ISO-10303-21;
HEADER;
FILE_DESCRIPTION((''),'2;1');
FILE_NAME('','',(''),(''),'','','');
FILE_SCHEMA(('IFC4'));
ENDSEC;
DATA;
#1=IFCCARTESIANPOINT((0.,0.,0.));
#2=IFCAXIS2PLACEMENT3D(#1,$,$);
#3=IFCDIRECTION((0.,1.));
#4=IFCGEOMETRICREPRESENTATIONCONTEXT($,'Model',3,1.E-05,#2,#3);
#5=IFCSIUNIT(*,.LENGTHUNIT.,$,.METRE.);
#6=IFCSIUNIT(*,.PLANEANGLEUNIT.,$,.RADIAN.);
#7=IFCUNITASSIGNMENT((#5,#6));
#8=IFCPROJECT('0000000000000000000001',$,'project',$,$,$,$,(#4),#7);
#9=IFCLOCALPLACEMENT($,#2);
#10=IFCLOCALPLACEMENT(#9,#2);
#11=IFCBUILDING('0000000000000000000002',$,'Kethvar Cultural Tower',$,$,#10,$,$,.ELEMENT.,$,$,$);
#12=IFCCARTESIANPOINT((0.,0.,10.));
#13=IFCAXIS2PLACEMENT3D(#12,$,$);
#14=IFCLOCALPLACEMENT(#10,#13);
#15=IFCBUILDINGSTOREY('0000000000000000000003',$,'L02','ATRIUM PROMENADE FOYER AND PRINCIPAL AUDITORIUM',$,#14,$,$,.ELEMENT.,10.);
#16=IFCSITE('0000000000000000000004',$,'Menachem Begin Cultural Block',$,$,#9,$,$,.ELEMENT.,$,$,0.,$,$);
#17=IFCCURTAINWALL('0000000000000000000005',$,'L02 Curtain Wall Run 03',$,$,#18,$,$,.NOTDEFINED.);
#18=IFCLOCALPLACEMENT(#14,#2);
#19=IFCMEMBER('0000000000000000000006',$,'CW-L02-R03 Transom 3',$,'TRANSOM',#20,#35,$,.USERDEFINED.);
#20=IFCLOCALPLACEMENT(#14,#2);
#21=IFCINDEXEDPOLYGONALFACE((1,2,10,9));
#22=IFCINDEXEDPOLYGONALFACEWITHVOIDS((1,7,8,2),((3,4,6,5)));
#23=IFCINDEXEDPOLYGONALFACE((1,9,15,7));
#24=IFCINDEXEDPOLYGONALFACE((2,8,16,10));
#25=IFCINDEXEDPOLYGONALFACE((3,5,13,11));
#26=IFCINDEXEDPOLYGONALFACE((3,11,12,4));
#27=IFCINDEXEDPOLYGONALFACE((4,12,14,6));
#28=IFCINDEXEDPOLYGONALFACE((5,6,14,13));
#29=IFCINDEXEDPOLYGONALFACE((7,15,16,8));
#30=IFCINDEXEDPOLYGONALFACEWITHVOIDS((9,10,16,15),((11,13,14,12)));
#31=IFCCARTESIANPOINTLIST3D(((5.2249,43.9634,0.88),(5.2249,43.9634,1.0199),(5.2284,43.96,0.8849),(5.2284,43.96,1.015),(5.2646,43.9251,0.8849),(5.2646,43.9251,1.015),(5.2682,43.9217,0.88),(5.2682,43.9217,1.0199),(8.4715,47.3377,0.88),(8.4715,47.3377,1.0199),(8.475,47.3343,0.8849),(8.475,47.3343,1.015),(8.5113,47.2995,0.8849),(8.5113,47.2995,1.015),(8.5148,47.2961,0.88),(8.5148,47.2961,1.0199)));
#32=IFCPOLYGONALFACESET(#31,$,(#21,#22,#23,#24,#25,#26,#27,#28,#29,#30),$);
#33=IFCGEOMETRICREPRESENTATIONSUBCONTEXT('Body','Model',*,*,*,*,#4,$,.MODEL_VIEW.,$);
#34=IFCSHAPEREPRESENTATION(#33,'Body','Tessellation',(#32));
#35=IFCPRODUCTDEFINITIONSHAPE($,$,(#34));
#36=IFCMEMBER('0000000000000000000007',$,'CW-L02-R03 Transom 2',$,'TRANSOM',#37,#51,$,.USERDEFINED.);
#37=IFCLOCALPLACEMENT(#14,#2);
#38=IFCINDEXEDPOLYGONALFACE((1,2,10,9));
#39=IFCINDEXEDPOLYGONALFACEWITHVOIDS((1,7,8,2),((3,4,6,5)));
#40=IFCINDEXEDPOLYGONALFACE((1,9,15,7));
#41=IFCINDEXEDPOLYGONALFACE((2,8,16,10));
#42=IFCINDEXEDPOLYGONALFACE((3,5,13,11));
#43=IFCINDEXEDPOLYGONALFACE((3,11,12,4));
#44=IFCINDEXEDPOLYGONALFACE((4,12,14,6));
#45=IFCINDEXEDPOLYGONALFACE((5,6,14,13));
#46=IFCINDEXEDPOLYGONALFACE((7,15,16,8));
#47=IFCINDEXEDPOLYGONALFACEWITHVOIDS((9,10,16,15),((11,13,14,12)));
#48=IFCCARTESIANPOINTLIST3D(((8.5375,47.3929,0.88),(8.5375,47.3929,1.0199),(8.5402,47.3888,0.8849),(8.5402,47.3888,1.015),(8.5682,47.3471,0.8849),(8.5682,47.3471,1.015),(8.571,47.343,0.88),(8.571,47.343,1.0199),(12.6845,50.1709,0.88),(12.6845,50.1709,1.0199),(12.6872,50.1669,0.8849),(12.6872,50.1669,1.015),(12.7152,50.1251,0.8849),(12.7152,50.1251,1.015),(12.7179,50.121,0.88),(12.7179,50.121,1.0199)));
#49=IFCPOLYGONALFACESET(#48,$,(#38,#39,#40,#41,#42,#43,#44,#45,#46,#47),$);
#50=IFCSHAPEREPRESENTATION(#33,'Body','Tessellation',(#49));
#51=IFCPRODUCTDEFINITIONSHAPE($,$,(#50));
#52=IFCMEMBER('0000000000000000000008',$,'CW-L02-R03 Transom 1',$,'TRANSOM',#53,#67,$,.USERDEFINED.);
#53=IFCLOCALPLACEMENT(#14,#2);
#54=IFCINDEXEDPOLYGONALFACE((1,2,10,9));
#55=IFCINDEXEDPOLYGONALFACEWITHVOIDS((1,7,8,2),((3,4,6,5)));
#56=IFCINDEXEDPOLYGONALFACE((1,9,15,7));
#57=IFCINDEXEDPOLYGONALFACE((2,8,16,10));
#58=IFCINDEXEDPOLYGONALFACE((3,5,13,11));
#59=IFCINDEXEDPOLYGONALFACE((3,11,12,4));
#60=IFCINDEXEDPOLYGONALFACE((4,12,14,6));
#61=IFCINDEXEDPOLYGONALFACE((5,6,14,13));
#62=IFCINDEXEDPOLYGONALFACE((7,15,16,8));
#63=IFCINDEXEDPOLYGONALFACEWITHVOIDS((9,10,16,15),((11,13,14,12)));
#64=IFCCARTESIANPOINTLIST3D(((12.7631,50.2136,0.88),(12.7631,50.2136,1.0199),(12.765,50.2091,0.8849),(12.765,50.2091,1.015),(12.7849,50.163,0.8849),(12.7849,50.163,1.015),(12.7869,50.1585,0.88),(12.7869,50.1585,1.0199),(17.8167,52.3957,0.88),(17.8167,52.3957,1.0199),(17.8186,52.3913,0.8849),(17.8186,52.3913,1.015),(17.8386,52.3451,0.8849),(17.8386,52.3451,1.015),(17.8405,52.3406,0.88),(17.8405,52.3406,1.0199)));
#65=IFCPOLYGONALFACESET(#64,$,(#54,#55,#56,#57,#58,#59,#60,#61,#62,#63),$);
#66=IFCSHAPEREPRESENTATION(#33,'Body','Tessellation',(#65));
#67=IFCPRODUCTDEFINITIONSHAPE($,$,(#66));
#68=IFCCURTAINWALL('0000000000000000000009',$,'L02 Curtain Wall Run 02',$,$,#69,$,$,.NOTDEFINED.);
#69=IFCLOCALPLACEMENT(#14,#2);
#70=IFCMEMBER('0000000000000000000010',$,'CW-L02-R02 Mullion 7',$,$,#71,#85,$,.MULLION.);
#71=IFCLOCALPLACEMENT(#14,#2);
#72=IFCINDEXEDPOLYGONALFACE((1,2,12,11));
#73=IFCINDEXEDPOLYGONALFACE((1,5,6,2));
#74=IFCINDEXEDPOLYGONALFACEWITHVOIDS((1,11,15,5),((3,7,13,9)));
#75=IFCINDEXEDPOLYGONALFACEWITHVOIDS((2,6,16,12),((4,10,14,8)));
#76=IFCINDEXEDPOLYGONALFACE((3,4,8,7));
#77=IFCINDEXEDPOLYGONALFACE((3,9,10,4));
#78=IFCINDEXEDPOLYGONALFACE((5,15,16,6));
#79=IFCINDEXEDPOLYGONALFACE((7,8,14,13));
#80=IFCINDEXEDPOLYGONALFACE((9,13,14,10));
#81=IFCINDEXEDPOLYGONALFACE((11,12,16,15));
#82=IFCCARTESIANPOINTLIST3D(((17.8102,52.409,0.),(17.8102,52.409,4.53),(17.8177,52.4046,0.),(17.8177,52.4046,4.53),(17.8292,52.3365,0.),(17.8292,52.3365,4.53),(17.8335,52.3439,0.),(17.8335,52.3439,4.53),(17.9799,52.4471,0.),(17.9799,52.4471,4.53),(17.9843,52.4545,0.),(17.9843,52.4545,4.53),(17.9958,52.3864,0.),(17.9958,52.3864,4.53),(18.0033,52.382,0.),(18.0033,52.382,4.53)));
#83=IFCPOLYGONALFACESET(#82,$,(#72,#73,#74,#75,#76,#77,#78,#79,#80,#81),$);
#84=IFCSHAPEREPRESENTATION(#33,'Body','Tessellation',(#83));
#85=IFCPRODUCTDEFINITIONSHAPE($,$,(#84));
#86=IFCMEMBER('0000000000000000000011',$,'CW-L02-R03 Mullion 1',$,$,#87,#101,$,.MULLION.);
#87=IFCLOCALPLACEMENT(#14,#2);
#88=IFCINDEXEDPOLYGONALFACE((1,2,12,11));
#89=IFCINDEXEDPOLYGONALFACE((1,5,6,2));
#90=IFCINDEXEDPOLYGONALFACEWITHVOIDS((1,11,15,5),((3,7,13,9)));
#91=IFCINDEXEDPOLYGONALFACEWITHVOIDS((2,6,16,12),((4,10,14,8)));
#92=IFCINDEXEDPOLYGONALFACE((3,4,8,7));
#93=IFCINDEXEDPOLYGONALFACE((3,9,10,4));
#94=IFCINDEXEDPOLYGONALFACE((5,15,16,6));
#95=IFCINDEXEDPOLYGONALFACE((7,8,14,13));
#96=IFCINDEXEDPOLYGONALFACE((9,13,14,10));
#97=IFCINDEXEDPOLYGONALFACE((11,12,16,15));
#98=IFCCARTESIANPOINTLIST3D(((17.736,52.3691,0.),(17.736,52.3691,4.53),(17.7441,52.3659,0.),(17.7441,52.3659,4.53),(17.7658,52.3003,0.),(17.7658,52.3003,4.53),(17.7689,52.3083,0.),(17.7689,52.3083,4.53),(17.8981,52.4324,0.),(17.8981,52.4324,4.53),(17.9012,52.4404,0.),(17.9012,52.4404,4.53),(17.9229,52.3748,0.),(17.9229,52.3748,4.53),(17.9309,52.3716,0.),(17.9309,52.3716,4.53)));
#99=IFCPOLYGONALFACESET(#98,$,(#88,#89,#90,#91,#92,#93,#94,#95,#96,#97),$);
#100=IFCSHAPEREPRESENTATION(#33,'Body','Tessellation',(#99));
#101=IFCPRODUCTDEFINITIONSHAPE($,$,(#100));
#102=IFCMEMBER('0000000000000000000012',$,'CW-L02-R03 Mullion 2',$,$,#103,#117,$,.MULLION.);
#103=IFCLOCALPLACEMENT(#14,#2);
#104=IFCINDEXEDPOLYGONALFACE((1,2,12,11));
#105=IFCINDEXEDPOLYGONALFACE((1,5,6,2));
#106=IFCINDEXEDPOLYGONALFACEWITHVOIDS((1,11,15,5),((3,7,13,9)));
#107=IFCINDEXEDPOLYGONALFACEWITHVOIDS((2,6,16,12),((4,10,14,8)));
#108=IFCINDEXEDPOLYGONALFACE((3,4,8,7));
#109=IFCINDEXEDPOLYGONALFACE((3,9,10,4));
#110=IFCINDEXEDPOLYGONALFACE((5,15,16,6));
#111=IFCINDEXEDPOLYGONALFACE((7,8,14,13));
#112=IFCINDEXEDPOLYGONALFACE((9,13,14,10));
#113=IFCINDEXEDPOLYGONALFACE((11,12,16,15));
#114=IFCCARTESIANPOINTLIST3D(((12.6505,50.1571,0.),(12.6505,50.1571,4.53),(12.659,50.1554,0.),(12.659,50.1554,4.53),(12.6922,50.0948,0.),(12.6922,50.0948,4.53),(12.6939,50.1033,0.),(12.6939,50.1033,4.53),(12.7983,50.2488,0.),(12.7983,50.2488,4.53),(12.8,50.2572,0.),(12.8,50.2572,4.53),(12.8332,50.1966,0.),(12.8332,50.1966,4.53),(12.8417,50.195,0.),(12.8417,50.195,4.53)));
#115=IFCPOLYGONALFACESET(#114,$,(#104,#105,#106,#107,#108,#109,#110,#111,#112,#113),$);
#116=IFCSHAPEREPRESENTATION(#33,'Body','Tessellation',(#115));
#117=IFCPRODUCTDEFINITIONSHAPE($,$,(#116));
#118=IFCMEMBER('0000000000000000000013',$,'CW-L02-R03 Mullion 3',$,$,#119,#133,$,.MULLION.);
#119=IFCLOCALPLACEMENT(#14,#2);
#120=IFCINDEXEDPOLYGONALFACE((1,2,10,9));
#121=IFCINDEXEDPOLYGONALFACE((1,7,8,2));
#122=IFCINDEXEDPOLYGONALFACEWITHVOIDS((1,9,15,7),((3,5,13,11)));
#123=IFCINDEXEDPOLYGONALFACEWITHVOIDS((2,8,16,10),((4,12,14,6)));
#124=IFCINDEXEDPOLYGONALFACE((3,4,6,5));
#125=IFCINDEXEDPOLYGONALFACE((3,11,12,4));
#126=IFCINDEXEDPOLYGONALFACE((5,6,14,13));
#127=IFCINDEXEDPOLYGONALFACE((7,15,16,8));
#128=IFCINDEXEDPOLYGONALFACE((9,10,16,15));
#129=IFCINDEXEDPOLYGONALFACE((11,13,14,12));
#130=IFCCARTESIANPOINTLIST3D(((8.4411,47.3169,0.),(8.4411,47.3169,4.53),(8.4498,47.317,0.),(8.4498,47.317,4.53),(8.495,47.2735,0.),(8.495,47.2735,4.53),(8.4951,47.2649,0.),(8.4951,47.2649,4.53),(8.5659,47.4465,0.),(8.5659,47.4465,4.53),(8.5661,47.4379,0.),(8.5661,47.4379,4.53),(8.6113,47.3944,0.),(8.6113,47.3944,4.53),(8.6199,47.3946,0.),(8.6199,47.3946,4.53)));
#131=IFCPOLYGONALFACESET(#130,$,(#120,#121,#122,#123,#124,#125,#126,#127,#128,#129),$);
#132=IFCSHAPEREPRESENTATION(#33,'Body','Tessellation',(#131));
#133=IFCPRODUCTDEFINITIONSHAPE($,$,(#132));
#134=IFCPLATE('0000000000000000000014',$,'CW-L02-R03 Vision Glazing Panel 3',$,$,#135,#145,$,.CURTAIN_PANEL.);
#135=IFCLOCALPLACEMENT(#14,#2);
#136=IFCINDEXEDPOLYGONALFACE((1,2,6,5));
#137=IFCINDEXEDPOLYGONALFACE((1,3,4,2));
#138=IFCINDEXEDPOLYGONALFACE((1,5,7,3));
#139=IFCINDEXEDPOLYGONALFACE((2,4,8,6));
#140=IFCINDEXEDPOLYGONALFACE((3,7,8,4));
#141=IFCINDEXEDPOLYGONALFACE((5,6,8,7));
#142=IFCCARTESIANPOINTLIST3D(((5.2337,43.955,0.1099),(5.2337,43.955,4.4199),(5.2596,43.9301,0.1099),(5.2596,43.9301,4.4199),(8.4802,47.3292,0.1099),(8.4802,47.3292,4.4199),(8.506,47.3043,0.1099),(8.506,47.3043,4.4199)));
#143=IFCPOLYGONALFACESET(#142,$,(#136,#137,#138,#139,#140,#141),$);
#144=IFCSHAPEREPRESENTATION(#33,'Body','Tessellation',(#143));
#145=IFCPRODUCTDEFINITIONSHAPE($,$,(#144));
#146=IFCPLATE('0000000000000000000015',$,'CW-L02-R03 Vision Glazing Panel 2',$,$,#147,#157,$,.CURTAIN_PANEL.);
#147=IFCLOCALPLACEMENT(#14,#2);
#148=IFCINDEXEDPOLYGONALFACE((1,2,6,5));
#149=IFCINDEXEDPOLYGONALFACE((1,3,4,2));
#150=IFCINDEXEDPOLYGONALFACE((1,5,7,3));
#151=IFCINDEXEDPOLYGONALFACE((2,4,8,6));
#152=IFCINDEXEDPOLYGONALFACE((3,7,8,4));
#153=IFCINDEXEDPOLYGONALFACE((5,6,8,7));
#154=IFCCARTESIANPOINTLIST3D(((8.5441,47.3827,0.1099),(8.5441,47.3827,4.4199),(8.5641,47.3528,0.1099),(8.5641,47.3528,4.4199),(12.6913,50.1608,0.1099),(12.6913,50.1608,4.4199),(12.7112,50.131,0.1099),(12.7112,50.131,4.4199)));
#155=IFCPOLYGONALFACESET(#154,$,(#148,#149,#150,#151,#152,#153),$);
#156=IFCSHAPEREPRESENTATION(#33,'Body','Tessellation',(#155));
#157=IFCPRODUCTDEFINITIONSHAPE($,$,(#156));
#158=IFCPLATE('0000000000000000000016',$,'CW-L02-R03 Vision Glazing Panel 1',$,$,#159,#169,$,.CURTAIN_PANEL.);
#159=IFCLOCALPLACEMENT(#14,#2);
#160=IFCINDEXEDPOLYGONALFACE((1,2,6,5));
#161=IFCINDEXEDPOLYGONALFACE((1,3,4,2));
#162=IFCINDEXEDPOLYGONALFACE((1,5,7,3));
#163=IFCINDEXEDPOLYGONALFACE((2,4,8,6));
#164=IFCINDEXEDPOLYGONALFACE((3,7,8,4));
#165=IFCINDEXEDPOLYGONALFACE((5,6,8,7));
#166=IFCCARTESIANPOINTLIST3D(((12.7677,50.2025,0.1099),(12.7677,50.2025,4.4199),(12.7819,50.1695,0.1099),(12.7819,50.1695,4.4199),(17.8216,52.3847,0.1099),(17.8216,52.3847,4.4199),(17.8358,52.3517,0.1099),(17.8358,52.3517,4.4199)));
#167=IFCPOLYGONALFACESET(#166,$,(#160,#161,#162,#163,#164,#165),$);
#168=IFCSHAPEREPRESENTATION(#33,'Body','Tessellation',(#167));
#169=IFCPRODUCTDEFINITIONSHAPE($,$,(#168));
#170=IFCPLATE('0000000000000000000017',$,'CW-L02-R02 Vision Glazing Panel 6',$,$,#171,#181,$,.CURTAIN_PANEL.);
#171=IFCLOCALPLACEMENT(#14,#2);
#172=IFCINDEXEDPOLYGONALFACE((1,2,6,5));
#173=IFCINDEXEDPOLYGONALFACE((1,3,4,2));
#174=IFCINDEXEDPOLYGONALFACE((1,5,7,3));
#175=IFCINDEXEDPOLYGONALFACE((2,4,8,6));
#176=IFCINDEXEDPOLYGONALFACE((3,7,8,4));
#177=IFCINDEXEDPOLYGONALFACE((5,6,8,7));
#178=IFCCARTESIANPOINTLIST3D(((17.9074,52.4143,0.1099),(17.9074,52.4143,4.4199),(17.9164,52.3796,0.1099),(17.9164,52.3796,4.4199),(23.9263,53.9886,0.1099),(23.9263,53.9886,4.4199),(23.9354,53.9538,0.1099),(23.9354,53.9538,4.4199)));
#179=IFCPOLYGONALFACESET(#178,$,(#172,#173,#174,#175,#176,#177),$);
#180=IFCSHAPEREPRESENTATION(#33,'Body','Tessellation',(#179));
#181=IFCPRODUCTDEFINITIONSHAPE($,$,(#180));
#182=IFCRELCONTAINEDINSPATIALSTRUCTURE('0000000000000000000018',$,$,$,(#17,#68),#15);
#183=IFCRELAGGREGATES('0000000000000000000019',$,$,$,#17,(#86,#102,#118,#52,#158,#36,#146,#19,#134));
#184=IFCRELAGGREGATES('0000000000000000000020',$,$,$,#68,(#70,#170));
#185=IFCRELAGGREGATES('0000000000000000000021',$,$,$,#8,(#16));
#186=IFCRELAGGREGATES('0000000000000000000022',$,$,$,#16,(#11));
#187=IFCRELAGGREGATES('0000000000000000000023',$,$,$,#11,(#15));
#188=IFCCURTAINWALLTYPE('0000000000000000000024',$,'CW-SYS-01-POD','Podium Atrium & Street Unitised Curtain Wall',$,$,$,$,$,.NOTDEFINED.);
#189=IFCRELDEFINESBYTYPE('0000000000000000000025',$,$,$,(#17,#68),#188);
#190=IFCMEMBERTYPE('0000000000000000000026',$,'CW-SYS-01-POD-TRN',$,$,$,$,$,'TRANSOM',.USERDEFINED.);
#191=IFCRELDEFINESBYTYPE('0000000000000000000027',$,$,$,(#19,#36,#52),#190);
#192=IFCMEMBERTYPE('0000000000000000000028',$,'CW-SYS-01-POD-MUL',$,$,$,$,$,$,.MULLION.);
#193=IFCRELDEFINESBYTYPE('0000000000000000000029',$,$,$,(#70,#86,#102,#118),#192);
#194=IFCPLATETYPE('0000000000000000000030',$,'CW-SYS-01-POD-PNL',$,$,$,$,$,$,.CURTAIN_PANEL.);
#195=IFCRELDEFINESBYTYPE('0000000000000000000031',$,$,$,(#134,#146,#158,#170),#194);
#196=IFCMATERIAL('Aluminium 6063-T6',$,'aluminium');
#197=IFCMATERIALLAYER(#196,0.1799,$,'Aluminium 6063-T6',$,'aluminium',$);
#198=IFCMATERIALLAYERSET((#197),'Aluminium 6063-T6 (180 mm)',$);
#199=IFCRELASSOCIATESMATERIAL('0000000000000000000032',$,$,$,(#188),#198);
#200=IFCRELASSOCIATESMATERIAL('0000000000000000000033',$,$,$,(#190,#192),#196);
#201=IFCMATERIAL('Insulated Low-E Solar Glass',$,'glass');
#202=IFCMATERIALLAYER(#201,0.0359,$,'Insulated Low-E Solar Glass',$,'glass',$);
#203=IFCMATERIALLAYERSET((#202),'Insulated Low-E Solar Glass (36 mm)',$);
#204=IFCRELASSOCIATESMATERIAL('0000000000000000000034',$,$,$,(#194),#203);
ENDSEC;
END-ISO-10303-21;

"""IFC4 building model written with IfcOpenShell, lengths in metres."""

from ifc_helpers import new_model, si_unit, direction, frame, origin, origin_2d, place, context, subcontext, project, spatial, rectangle, hollow_rectangle, extrude, source, transform, mapped, material, layer, layer_set, material_profile, profile_set, type_object, element, aggregate, save


model = new_model("IFC4")

# Units and contexts
model_context = context("Model", 3, precision=1e-05, world=origin(), true_north=direction((0.0, 1.0)))
body_context = subcontext(model_context, "Body", "Model", "MODEL_VIEW")
ifc_project = project(units=[si_unit("LENGTHUNIT", "METRE"), si_unit("PLANEANGLEUNIT", "RADIAN")], contexts=[model_context])

# Site, building, storey
site_placement = place(None, origin())
site = spatial("IfcSite", under=ifc_project, at=site_placement, Name="Menachem Begin Cultural Block", CompositionType="ELEMENT", RefElevation=0.0)
building_placement = place(site_placement, origin())
building = spatial("IfcBuilding", under=site, at=building_placement, Name="Kethvar Cultural Tower", CompositionType="ELEMENT")
storey_placement = place(building_placement, frame((0.0, 0.0, 10.0)))
storey = spatial("IfcBuildingStorey", under=building, at=storey_placement, Name="L02", Description="ATRIUM PROMENADE FOYER AND PRINCIPAL AUDITORIUM", CompositionType="ELEMENT", Elevation=10.0)

# Curtain wall, members
ifc_material_1 = material(Name="Aluminium 6063-T6", Category="aluminium")
ifc_layer_1 = layer(ifc_material_1, 0.1799, Name="Aluminium 6063-T6", Category="aluminium")
ifc_layer_set_1 = layer_set([ifc_layer_1], Name="Aluminium 6063-T6 (180 mm)")
curtain_wall_type = type_object("IfcCurtainWallType", Name="CW-SYS-01-POD", Description="Podium Atrium & Street Unitised Curtain Wall", PredefinedType="NOTDEFINED", material=ifc_layer_set_1)
curtain_wall_1_placement = place(storey_placement, origin())
curtain_wall_1 = element("IfcCurtainWall", 1, at=curtain_wall_1_placement, inside=storey, type_object=curtain_wall_type, Name="L02 Curtain Wall Run 03", PredefinedType="NOTDEFINED")
ifc_material_profile_1 = material_profile(ifc_material_1, hollow_rectangle(XDim=0.0601, YDim=0.1399, WallThickness=0.0049, at=origin_2d()), Name="Aluminium 6063-T6 — RHS140x60x5")
ifc_profile_set_1 = profile_set([ifc_material_profile_1], Name="Aluminium 6063-T6 — RHS140x60x5")
member_type_1 = type_object("IfcMemberType", Name="CW-SYS-01-POD-TRN", ElementType="TRANSOM", PredefinedType="USERDEFINED", material=ifc_profile_set_1)
shared_shape_1 = source(origin(), body_context, "Body", "SweptSolid", [
    extrude(hollow_rectangle(XDim=0.0601, YDim=0.1399, WallThickness=0.0049, at=origin_2d()), origin(), (0.0, 0.0, 1.0), 4.6826),
])
member_1_placement = place(storey_placement, frame((8.4932, 47.3169, 0.95), z_axis=(-0.693341, -0.72061, 0.0), x_axis=(0.72061, -0.693341, 0.0)))
member_1 = element("IfcMember", 2, at=member_1_placement, type_object=member_type_1, Name="CW-L02-R03 Transom 3", ObjectType="TRANSOM", PredefinedType="USERDEFINED", context=body_context, shape_type="MappedRepresentation", body=[
    mapped(shared_shape_1, transform((0.0, 0.0, 0.0), scale=1.0)),
])
shared_shape_2 = source(origin(), body_context, "Body", "SweptSolid", [
    extrude(hollow_rectangle(XDim=0.0601, YDim=0.1399, WallThickness=0.0049, at=origin_2d()), origin(), (0.0, 0.0, 1.0), 4.9915),
])
member_2_placement = place(storey_placement, frame((12.7012, 50.146, 0.95), z_axis=(-0.830807, -0.556561, 0.0), x_axis=(0.556561, -0.830807, 0.0)))
member_2 = element("IfcMember", 3, at=member_2_placement, type_object=member_type_1, Name="CW-L02-R03 Transom 2", ObjectType="TRANSOM", PredefinedType="USERDEFINED", context=body_context, shape_type="MappedRepresentation", body=[
    mapped(shared_shape_2, transform((0.0, 0.0, 0.0), scale=1.0)),
])
shared_shape_3 = source(origin(), body_context, "Body", "SweptSolid", [
    extrude(hollow_rectangle(XDim=0.0601, YDim=0.1399, WallThickness=0.0049, at=origin_2d()), origin(), (0.0, 0.0, 1.0), 5.5046),
])
member_3_placement = place(storey_placement, frame((17.8286, 52.3682, 0.95), z_axis=(-0.918073, -0.396412, 0.0), x_axis=(0.396412, -0.918073, 0.0)))
member_3 = element("IfcMember", 4, at=member_3_placement, type_object=member_type_1, Name="CW-L02-R03 Transom 1", ObjectType="TRANSOM", PredefinedType="USERDEFINED", context=body_context, shape_type="MappedRepresentation", body=[
    mapped(shared_shape_3, transform((0.0, 0.0, 0.0), scale=1.0)),
])

# Curtain wall, member
curtain_wall_2_placement = place(storey_placement, origin())
curtain_wall_2 = element("IfcCurtainWall", 5, at=curtain_wall_2_placement, inside=storey, type_object=curtain_wall_type, Name="L02 Curtain Wall Run 02", PredefinedType="NOTDEFINED")
ifc_material_profile_2 = material_profile(ifc_material_1, hollow_rectangle(XDim=0.075, YDim=0.1799, WallThickness=0.0061, at=origin_2d()), Name="Aluminium 6063-T6 — RHS180x75x6")
ifc_profile_set_2 = profile_set([ifc_material_profile_2], Name="Aluminium 6063-T6 — RHS180x75x6")
member_type_2 = type_object("IfcMemberType", Name="CW-SYS-01-POD-MUL", PredefinedType="MULLION", material=ifc_profile_set_2)
shared_shape_4 = source(origin(), body_context, "Body", "SweptSolid", [
    extrude(hollow_rectangle(XDim=0.075, YDim=0.1799, WallThickness=0.0061, at=origin_2d()), origin(), (0.0, 0.0, 1.0), 4.53),
])
member_4_placement = place(storey_placement, frame((17.9067, 52.3955, 0.0), z_axis=(0.0, 0.0, 1.0), x_axis=(0.253032, -0.967458, 0.0)))
member_4 = element("IfcMember", 6, at=member_4_placement, type_object=member_type_2, Name="CW-L02-R02 Mullion 7", PredefinedType="MULLION", context=body_context, shape_type="MappedRepresentation", body=[
    mapped(shared_shape_4, transform((0.0, 0.0, 0.0), scale=1.0)),
])

# Members
member_5_placement = place(storey_placement, frame((17.8335, 52.3704, 0.0), z_axis=(0.0, 0.0, 1.0), x_axis=(0.396411, -0.918073, 0.0)))
member_5 = element("IfcMember", 7, at=member_5_placement, type_object=member_type_2, Name="CW-L02-R03 Mullion 1", PredefinedType="MULLION", context=body_context, shape_type="MappedRepresentation", body=[
    mapped(shared_shape_4, transform((0.0, 0.0, 0.0), scale=1.0)),
])
member_6_placement = place(storey_placement, frame((12.7461, 50.176, 0.0), z_axis=(0.0, 0.0, 1.0), x_axis=(0.556557, -0.83081, 0.0)))
member_6 = element("IfcMember", 8, at=member_6_placement, type_object=member_type_2, Name="CW-L02-R03 Mullion 2", PredefinedType="MULLION", context=body_context, shape_type="MappedRepresentation", body=[
    mapped(shared_shape_4, transform((0.0, 0.0, 0.0), scale=1.0)),
])
member_7_placement = place(storey_placement, frame((8.5305, 47.3557, 0.0), z_axis=(0.0, 0.0, 1.0), x_axis=(0.720612, -0.693339, 0.0)))
member_7 = element("IfcMember", 9, at=member_7_placement, type_object=member_type_2, Name="CW-L02-R03 Mullion 3", PredefinedType="MULLION", context=body_context, shape_type="MappedRepresentation", body=[
    mapped(shared_shape_4, transform((0.0, 0.0, 0.0), scale=1.0)),
])

# Plates
ifc_material_2 = material(Name="Insulated Low-E Solar Glass", Category="glass")
ifc_layer_2 = layer(ifc_material_2, 0.0359, Name="Insulated Low-E Solar Glass", Category="glass")
ifc_layer_set_2 = layer_set([ifc_layer_2], Name="Insulated Low-E Solar Glass (36 mm)")
plate_type = type_object("IfcPlateType", Name="CW-SYS-01-POD-PNL", PredefinedType="CURTAIN_PANEL", material=ifc_layer_set_2)
shared_shape_5 = source(origin(), body_context, "Body", "SweptSolid", [
    extrude(rectangle(XDim=4.6824, YDim=0.0359, at=origin_2d()), origin(), (0.0, 0.0, 1.0), 4.3101),
])
plate_1_placement = place(storey_placement, frame((6.8699, 45.6296, 0.1099), z_axis=(0.0, 0.0, 1.0), x_axis=(-0.693339, -0.720612, 0.0)))
plate_1 = element("IfcPlate", 10, at=plate_1_placement, type_object=plate_type, Name="CW-L02-R03 Vision Glazing Panel 3", PredefinedType="CURTAIN_PANEL", context=body_context, shape_type="MappedRepresentation", body=[
    mapped(shared_shape_5, transform((0.0, 0.0, 0.0), scale=1.0)),
])
shared_shape_6 = source(origin(), body_context, "Body", "SweptSolid", [
    extrude(rectangle(XDim=4.9917, YDim=0.0359, at=origin_2d()), origin(), (0.0, 0.0, 1.0), 4.3101),
])
plate_2_placement = place(storey_placement, frame((10.6277, 48.7568, 0.1099), z_axis=(0.0, 0.0, 1.0), x_axis=(-0.83081, -0.556557, 0.0)))
plate_2 = element("IfcPlate", 11, at=plate_2_placement, type_object=plate_type, Name="CW-L02-R03 Vision Glazing Panel 2", PredefinedType="CURTAIN_PANEL", context=body_context, shape_type="MappedRepresentation", body=[
    mapped(shared_shape_6, transform((0.0, 0.0, 0.0), scale=1.0)),
])
shared_shape_7 = source(origin(), body_context, "Body", "SweptSolid", [
    extrude(rectangle(XDim=5.5049, YDim=0.0359, at=origin_2d()), origin(), (0.0, 0.0, 1.0), 4.3101),
])
plate_3_placement = place(storey_placement, frame((15.3018, 51.2771, 0.1099), z_axis=(0.0, 0.0, 1.0), x_axis=(-0.918073, -0.396411, 0.0)))
plate_3 = element("IfcPlate", 12, at=plate_3_placement, type_object=plate_type, Name="CW-L02-R03 Vision Glazing Panel 1", PredefinedType="CURTAIN_PANEL", context=body_context, shape_type="MappedRepresentation", body=[
    mapped(shared_shape_7, transform((0.0, 0.0, 0.0), scale=1.0)),
])
aggregate(curtain_wall_1, [member_5, member_6, member_7, member_3, plate_3, member_2, plate_2, member_1, plate_1])
shared_shape_8 = source(origin(), body_context, "Body", "SweptSolid", [
    extrude(rectangle(XDim=6.2214, YDim=0.0359, at=origin_2d()), origin(), (0.0, 0.0, 1.0), 4.3101),
])
plate_4_placement = place(storey_placement, frame((20.9214, 53.1841, 0.1099), z_axis=(0.0, 0.0, 1.0), x_axis=(-0.967458, -0.253032, 0.0)))
plate_4 = element("IfcPlate", 13, at=plate_4_placement, type_object=plate_type, Name="CW-L02-R02 Vision Glazing Panel 6", PredefinedType="CURTAIN_PANEL", context=body_context, shape_type="MappedRepresentation", body=[
    mapped(shared_shape_8, transform((0.0, 0.0, 0.0), scale=1.0)),
])
aggregate(curtain_wall_2, [member_4, plate_4])

save(model, "model.ifc")
